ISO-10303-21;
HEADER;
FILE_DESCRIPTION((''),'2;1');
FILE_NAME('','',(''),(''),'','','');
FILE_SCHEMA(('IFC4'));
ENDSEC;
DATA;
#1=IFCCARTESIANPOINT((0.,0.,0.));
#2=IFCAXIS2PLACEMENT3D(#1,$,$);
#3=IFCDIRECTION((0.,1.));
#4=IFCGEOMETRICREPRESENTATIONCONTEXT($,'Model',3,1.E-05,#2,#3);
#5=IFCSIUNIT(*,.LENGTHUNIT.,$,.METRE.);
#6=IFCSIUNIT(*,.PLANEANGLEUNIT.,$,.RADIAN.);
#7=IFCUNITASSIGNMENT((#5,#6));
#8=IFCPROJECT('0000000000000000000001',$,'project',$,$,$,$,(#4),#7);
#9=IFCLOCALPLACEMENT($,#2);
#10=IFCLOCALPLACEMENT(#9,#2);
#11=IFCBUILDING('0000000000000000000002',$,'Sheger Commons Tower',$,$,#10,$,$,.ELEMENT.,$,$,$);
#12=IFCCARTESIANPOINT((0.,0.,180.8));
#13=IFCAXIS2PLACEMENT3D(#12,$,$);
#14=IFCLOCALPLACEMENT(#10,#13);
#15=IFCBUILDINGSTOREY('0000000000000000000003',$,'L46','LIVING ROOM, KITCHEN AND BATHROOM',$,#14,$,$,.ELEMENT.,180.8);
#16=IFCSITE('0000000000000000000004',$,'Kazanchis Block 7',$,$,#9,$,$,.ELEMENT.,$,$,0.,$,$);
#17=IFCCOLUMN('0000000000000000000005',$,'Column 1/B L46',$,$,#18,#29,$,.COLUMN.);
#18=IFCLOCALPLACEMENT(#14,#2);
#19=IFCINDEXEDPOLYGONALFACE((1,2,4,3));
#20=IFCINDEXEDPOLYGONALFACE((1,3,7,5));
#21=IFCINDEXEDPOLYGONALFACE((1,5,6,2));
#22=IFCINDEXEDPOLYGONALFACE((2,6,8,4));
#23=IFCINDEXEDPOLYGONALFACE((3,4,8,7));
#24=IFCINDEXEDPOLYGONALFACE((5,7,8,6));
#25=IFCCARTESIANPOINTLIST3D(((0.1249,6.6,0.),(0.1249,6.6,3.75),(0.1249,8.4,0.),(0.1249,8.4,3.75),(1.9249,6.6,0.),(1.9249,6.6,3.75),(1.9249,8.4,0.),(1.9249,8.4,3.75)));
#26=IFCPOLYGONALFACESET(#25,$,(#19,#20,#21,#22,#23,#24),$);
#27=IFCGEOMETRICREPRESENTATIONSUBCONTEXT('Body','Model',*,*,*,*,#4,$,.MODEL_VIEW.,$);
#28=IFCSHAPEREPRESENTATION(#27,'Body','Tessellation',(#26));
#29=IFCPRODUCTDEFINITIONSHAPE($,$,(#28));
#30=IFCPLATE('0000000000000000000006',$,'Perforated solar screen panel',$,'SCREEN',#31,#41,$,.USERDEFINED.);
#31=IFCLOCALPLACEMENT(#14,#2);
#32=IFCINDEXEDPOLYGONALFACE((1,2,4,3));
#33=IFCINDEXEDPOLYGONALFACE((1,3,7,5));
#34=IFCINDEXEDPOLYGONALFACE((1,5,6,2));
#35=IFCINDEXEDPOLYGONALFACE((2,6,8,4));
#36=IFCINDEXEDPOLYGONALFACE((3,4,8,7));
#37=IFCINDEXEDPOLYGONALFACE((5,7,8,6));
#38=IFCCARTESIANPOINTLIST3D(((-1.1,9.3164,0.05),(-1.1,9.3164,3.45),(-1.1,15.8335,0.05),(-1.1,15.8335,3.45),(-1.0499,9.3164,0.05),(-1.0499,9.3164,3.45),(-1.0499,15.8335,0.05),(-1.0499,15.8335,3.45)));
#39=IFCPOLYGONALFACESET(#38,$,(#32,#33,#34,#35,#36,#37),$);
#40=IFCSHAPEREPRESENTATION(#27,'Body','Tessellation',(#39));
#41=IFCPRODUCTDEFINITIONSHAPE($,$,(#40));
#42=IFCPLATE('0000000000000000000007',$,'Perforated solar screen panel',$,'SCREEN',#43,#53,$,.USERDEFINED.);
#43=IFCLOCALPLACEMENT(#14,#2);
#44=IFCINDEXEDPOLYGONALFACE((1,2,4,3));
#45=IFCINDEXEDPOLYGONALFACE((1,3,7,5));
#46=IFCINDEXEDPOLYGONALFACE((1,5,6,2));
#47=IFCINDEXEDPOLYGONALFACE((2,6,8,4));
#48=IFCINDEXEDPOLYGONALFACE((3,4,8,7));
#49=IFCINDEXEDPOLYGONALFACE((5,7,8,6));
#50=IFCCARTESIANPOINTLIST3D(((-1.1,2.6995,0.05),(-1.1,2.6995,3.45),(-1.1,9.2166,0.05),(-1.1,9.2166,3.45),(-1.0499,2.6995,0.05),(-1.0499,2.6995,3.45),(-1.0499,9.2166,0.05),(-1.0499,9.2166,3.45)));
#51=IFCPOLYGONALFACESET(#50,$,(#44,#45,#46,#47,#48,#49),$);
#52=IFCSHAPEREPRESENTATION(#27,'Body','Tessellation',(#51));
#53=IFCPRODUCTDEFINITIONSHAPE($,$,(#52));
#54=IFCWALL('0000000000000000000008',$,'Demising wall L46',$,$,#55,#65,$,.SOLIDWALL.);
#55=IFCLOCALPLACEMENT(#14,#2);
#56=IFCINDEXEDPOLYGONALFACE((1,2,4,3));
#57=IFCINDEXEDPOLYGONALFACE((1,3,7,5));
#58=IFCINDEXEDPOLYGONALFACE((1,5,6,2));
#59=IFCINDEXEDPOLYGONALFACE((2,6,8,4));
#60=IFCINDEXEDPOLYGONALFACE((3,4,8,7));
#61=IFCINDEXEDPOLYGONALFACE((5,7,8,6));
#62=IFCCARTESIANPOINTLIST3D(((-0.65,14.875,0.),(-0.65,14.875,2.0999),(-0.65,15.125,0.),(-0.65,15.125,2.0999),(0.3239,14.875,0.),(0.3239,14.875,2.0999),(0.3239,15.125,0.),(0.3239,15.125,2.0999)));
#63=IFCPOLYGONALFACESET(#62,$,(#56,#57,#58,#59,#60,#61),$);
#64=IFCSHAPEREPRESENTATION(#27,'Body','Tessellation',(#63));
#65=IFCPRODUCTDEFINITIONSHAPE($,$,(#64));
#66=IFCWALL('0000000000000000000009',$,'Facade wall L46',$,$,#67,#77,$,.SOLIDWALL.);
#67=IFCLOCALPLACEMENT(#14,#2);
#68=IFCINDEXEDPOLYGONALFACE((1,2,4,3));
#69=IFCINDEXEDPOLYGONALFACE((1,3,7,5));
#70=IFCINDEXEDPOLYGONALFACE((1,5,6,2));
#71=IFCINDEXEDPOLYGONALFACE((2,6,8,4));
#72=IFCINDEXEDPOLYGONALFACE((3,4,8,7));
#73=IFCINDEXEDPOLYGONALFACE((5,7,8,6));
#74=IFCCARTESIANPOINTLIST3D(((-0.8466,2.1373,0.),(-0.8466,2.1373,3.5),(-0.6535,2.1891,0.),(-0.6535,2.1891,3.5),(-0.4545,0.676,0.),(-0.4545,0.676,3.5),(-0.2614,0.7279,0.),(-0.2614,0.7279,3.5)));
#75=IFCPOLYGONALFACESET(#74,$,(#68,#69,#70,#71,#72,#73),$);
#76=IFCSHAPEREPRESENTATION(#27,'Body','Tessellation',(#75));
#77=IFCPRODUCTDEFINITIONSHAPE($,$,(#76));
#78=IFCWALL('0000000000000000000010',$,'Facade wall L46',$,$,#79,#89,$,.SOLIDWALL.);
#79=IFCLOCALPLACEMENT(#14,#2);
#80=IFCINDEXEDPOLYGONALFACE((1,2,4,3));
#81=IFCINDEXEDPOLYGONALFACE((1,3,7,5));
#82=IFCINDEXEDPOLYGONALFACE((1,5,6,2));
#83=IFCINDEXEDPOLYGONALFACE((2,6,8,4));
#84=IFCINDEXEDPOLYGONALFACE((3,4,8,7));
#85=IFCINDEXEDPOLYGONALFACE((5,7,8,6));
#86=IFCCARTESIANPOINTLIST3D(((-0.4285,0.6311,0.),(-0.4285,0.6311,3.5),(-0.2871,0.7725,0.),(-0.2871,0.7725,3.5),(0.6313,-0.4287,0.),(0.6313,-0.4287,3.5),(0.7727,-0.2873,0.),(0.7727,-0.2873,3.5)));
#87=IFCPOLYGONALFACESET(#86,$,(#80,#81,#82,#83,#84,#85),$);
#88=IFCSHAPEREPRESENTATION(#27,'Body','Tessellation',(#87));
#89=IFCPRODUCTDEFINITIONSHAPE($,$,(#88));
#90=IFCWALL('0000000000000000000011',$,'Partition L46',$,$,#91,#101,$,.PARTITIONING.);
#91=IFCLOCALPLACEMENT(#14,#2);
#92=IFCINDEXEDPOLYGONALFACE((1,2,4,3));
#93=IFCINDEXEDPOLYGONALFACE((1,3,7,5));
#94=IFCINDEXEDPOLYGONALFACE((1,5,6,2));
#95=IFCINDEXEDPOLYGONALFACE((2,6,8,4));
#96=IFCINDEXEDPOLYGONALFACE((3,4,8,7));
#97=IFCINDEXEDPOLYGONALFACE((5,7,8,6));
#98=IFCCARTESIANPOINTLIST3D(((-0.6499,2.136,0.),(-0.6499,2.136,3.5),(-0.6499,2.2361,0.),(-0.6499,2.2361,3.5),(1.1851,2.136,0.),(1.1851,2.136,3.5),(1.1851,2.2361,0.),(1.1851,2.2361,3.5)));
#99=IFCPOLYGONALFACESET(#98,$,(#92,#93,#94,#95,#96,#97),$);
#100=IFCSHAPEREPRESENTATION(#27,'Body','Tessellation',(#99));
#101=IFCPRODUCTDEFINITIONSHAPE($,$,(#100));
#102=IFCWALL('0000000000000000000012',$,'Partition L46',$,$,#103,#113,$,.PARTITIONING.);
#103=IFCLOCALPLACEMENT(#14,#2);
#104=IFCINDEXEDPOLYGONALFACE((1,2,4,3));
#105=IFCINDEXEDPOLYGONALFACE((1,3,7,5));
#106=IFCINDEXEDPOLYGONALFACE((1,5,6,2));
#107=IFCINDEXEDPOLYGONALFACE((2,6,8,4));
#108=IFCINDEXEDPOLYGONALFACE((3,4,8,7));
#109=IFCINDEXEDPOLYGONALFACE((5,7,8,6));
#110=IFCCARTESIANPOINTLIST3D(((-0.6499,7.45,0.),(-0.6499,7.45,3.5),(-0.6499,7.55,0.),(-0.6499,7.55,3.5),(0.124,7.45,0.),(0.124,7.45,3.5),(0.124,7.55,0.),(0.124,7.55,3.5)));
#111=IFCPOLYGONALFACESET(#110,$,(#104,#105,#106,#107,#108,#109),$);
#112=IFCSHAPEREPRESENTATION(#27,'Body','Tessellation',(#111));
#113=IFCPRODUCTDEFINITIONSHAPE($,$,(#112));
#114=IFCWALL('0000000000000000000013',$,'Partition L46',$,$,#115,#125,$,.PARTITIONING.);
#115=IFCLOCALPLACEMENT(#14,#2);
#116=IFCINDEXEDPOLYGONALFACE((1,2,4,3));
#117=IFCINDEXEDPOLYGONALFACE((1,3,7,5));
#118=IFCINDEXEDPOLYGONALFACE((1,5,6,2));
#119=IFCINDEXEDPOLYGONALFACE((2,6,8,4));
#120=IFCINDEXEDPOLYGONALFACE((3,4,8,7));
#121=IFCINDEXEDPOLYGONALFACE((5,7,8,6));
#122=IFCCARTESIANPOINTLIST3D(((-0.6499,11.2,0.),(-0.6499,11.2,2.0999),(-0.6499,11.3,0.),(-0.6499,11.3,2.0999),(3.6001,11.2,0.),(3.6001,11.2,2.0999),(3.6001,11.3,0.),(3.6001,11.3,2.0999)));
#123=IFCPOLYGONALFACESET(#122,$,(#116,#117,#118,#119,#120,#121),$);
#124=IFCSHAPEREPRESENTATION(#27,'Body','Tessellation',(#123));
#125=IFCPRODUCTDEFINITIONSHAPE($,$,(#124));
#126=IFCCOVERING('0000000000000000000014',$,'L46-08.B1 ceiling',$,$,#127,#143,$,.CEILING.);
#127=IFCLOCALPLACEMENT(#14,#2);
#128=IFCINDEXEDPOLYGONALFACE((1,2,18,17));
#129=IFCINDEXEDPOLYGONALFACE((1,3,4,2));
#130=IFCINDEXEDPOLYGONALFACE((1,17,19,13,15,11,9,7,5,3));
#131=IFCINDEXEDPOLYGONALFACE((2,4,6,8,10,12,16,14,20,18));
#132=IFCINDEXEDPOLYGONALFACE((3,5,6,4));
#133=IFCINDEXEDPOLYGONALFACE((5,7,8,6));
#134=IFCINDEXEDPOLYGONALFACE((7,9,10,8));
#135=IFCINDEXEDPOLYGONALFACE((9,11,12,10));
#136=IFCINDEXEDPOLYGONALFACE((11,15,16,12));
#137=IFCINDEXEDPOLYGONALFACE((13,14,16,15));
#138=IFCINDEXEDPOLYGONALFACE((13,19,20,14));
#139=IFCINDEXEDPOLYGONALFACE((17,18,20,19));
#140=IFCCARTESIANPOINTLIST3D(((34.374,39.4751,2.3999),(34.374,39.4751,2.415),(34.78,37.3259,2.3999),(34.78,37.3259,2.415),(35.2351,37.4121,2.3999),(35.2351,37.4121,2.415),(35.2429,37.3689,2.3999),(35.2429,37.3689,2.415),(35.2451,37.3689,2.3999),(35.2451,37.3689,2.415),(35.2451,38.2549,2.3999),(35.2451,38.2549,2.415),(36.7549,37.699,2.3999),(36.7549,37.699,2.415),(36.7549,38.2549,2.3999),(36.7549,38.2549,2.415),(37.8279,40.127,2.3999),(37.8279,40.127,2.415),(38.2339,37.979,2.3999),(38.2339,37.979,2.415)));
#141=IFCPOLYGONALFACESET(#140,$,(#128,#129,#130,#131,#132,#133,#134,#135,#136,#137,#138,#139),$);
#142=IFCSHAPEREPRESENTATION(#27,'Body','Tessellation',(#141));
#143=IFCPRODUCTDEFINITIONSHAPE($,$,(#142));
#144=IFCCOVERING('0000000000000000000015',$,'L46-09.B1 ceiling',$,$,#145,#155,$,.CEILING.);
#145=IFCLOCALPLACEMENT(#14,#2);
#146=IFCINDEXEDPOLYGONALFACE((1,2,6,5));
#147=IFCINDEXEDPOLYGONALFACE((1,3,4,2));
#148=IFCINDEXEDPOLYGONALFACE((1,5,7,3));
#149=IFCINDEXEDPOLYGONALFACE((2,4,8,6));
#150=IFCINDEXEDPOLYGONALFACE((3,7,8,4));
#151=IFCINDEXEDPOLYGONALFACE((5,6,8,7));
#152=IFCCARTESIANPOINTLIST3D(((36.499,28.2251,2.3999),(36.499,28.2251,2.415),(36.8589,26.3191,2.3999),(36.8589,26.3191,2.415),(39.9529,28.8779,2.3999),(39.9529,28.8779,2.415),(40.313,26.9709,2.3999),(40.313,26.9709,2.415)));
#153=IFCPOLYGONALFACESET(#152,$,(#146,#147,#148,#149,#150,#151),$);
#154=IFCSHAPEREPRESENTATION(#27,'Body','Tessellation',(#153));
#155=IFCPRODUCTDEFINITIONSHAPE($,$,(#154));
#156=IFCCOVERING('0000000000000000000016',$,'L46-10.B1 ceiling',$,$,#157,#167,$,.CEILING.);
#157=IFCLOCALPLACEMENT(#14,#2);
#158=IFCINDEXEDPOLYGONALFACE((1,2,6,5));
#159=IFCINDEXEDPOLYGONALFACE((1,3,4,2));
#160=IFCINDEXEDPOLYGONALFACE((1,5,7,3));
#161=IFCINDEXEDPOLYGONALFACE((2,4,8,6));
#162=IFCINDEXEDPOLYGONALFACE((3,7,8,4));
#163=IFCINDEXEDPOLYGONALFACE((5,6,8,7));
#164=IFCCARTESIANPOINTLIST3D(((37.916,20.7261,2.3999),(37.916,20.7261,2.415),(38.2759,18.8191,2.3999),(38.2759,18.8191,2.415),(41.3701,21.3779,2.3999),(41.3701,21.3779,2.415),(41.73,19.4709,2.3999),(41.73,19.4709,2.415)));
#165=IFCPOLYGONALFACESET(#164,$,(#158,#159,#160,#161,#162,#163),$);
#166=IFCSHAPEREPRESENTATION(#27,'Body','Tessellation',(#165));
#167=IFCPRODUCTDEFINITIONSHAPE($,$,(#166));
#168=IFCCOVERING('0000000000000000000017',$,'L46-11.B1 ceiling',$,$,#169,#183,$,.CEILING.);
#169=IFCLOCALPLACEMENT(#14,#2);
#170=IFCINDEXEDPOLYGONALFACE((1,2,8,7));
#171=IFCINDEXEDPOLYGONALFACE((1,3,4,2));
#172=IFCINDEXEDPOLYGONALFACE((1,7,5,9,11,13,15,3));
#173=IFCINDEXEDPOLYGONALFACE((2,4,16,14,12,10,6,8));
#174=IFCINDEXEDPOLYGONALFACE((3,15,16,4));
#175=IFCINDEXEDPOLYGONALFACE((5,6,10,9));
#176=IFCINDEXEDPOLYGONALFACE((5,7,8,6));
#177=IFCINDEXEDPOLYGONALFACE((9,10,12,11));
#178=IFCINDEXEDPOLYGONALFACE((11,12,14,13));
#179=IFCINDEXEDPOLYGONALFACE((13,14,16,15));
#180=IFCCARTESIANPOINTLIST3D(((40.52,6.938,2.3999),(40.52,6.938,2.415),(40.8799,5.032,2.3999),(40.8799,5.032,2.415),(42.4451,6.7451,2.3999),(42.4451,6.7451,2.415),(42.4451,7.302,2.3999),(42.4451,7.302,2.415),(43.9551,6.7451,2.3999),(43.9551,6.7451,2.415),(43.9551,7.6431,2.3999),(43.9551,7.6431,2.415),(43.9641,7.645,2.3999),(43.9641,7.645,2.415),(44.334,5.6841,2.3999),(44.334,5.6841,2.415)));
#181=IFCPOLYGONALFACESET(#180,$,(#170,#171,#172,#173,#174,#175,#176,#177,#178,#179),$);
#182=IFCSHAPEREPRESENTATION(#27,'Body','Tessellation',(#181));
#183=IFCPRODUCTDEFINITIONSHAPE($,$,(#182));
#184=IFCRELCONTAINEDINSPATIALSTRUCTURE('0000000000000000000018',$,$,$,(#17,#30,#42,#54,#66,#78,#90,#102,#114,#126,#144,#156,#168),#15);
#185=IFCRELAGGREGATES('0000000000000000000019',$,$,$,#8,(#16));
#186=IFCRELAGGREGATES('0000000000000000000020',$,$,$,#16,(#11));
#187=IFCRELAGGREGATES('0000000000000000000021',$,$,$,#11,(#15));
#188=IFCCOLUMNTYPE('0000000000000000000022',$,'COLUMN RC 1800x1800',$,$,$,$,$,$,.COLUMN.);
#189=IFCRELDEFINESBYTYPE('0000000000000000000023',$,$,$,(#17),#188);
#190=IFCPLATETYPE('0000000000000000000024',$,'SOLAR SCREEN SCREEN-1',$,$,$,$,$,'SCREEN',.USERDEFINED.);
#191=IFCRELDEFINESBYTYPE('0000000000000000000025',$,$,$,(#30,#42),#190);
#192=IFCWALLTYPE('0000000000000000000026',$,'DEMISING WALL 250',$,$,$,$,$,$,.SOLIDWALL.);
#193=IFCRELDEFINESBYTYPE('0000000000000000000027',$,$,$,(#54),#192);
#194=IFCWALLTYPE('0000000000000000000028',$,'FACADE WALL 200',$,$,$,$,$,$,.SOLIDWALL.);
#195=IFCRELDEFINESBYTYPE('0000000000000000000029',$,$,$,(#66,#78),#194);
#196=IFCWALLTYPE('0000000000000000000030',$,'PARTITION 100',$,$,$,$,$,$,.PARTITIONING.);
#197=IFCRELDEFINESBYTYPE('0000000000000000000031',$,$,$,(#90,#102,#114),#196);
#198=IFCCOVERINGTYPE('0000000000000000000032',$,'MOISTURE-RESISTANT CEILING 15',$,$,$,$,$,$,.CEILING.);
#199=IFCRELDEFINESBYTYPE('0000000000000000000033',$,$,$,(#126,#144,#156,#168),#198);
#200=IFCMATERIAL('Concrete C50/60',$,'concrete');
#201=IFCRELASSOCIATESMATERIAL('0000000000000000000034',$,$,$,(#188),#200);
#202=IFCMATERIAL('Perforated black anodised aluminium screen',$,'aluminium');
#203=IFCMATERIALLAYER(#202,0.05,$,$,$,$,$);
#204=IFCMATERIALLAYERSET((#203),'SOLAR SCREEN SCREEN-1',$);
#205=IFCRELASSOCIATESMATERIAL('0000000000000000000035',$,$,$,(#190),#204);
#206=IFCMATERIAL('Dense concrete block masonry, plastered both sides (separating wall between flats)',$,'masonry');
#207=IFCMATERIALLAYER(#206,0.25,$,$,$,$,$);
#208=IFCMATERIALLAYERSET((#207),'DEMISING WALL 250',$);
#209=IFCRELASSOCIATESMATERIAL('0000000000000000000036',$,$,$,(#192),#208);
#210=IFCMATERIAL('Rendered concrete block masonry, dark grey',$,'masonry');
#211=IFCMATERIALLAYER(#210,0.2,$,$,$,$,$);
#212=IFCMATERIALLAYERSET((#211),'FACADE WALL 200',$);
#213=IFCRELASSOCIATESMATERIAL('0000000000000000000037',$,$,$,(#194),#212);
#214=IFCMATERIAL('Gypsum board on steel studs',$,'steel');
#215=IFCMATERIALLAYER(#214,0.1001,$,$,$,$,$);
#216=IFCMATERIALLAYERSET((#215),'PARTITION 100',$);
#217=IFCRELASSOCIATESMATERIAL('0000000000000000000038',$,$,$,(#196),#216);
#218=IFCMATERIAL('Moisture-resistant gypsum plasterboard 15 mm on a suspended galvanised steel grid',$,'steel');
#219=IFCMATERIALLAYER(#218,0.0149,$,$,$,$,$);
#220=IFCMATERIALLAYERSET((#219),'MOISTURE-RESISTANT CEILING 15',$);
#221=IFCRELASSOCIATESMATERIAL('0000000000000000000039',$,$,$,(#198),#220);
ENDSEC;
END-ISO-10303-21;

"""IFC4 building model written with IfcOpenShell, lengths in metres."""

from ifc_helpers import new_model, si_unit, direction, frame, frame_2d, origin, origin_2d, place, context, subcontext, project, spatial, polyline, rectangle, outline, extrude, material, layer, layer_set, material_profile, profile_set, type_object, element, save


model = new_model("IFC4")

# Units and contexts
model_context = context("Model", 3, precision=1e-05, world=origin(), true_north=direction((0.0, 1.0)))
body_context = subcontext(model_context, "Body", "Model", "MODEL_VIEW")
ifc_project = project(units=[si_unit("LENGTHUNIT", "METRE"), si_unit("PLANEANGLEUNIT", "RADIAN")], contexts=[model_context])

# Site, building, storey
site_placement = place(None, origin())
site = spatial("IfcSite", under=ifc_project, at=site_placement, Name="Kazanchis Block 7", CompositionType="ELEMENT", RefElevation=0.0)
building_placement = place(site_placement, origin())
building = spatial("IfcBuilding", under=site, at=building_placement, Name="Sheger Commons Tower", CompositionType="ELEMENT")
storey_placement = place(building_placement, frame((0.0, 0.0, 180.8)))
storey = spatial("IfcBuildingStorey", under=building, at=storey_placement, Name="L46", Description="LIVING ROOM, KITCHEN AND BATHROOM", CompositionType="ELEMENT", Elevation=180.8)

# Column
ifc_material_1 = material(Name="Concrete C50/60", Category="concrete")
ifc_material_profile = material_profile(ifc_material_1, rectangle(XDim=1.8, YDim=1.8, at=origin_2d()), Name="RC 1800x1800")
ifc_profile_set = profile_set([ifc_material_profile], Name="Concrete C50/60")
column_type = type_object("IfcColumnType", Name="COLUMN RC 1800x1800", PredefinedType="COLUMN", material=ifc_profile_set)
column_placement = place(storey_placement, frame((1.0249, 7.5, 0.0), z_axis=(0.0, 0.0, 1.0), x_axis=(1.0, 0.0, 0.0)))
element("IfcColumn", 1, at=column_placement, inside=storey, type_object=column_type, Name="Column 1/B L46", PredefinedType="COLUMN", context=body_context, shape_type="SweptSolid", body=[
    extrude(rectangle(XDim=1.8, YDim=1.8, at=origin_2d()), origin(), (0.0, 0.0, 1.0), 3.75),
])

# Plates
ifc_material_2 = material(Name="Perforated black anodised aluminium screen", Category="aluminium")
ifc_layer_1 = layer(ifc_material_2, 0.05)
ifc_layer_set_1 = layer_set([ifc_layer_1], Name="SOLAR SCREEN SCREEN-1")
plate_type = type_object("IfcPlateType", Name="SOLAR SCREEN SCREEN-1", ElementType="SCREEN", PredefinedType="USERDEFINED", material=ifc_layer_set_1)
for number, where, z_axis, x_axis, name in (
    (2, (-1.075, 12.575, 0.05), (0.0, 0.0, 1.0), (0.0, -1.0, 0.0), "Perforated solar screen panel"),
    (3, (-1.075, 5.958, 0.05), (0.0, 0.0, 1.0), (0.0, -1.0, 0.0), "Perforated solar screen panel"),
):
    element("IfcPlate", number, at=place(storey_placement, frame(where, z_axis=z_axis, x_axis=x_axis)), inside=storey, type_object=plate_type, Name=name, ObjectType="SCREEN", PredefinedType="USERDEFINED", context=body_context, shape_type="SweptSolid", body=[
        extrude(rectangle(XDim=6.5171, YDim=0.05, at=origin_2d()), origin(), (0.0, 0.0, 1.0), 3.3999),
    ])

# Walls
ifc_material_3 = material(Name="Dense concrete block masonry, plastered both sides (separating wall between flats)", Category="masonry")
ifc_layer_2 = layer(ifc_material_3, 0.25)
ifc_layer_set_2 = layer_set([ifc_layer_2], Name="DEMISING WALL 250")
wall_type_1 = type_object("IfcWallType", Name="DEMISING WALL 250", PredefinedType="SOLIDWALL", material=ifc_layer_set_2)
wall_1_placement = place(storey_placement, frame((-0.6499, 15.0, 0.0), z_axis=(0.0, 0.0, 1.0), x_axis=(1.0, 0.0, 0.0)))
element("IfcWall", 4, at=wall_1_placement, inside=storey, type_object=wall_type_1, Name="Demising wall L46", PredefinedType="SOLIDWALL", context=body_context, shape_type="SweptSolid", body=[
    extrude(rectangle(XDim=0.9739, YDim=0.25, at=frame_2d((0.4868, 0.0))), origin(), (0.0, 0.0, 1.0), 2.0999),
])
ifc_material_4 = material(Name="Rendered concrete block masonry, dark grey", Category="masonry")
ifc_layer_3 = layer(ifc_material_4, 0.2)
ifc_layer_set_3 = layer_set([ifc_layer_3], Name="FACADE WALL 200")
wall_type_2 = type_object("IfcWallType", Name="FACADE WALL 200", PredefinedType="SOLIDWALL", material=ifc_layer_set_3)
wall_2_placement = place(storey_placement, frame((-0.75, 2.1631, 0.0), z_axis=(0.0, 0.0, 1.0), x_axis=(0.259169, -0.965832, 0.0)))
element("IfcWall", 5, at=wall_2_placement, inside=storey, type_object=wall_type_2, Name="Facade wall L46", PredefinedType="SOLIDWALL", context=body_context, shape_type="SweptSolid", body=[
    extrude(rectangle(XDim=1.5129, YDim=0.2, at=frame_2d((0.7563, 0.0))), origin(), (0.0, 0.0, 1.0), 3.5),
])
wall_3_placement = place(storey_placement, frame((-0.3579, 0.7019, 0.0), z_axis=(0.0, 0.0, 1.0), x_axis=(0.707107, -0.707107, 0.0)))
element("IfcWall", 6, at=wall_3_placement, inside=storey, type_object=wall_type_2, Name="Facade wall L46", PredefinedType="SOLIDWALL", context=body_context, shape_type="SweptSolid", body=[
    extrude(rectangle(XDim=1.4988, YDim=0.2, at=frame_2d((0.7495, 0.0))), origin(), (0.0, 0.0, 1.0), 3.5),
])
ifc_material_5 = material(Name="Gypsum board on steel studs", Category="steel")
ifc_layer_4 = layer(ifc_material_5, 0.1001)
ifc_layer_set_4 = layer_set([ifc_layer_4], Name="PARTITION 100")
wall_type_3 = type_object("IfcWallType", Name="PARTITION 100", PredefinedType="PARTITIONING", material=ifc_layer_set_4)
wall_4_placement = place(storey_placement, frame((-0.6499, 2.186, 0.0), z_axis=(0.0, 0.0, 1.0), x_axis=(1.0, 0.0, 0.0)))
element("IfcWall", 7, at=wall_4_placement, inside=storey, type_object=wall_type_3, Name="Partition L46", PredefinedType="PARTITIONING", context=body_context, shape_type="SweptSolid", body=[
    extrude(rectangle(XDim=1.835, YDim=0.1001, at=frame_2d((0.9175, 0.0))), origin(), (0.0, 0.0, 1.0), 3.5),
])
wall_5_placement = place(storey_placement, frame((-0.6499, 7.5, 0.0), z_axis=(0.0, 0.0, 1.0), x_axis=(1.0, 0.0, 0.0)))
element("IfcWall", 8, at=wall_5_placement, inside=storey, type_object=wall_type_3, Name="Partition L46", PredefinedType="PARTITIONING", context=body_context, shape_type="SweptSolid", body=[
    extrude(rectangle(XDim=0.7739, YDim=0.1001, at=frame_2d((0.387, 0.0))), origin(), (0.0, 0.0, 1.0), 3.5),
])
wall_6_placement = place(storey_placement, frame((-0.6499, 11.25, 0.0), z_axis=(0.0, 0.0, 1.0), x_axis=(1.0, 0.0, 0.0)))
element("IfcWall", 9, at=wall_6_placement, inside=storey, type_object=wall_type_3, Name="Partition L46", PredefinedType="PARTITIONING", context=body_context, shape_type="SweptSolid", body=[
    extrude(rectangle(XDim=4.25, YDim=0.1001, at=frame_2d((2.125, 0.0))), origin(), (0.0, 0.0, 1.0), 2.0999),
])

# Coverings
ifc_material_6 = material(Name="Moisture-resistant gypsum plasterboard 15 mm on a suspended galvanised steel grid", Category="steel")
ifc_layer_5 = layer(ifc_material_6, 0.0149)
ifc_layer_set_5 = layer_set([ifc_layer_5], Name="MOISTURE-RESISTANT CEILING 15")
covering_type_1 = type_object("IfcCoveringType", Name="MOISTURE-RESISTANT CEILING 15", PredefinedType="CEILING", material=ifc_layer_set_5)
covering_1_placement = place(storey_placement, frame((0.0, 0.0, 2.3999)))
element("IfcCovering", 10, at=covering_1_placement, inside=storey, type_object=covering_type_1, Name="L46-08.B1 ceiling", PredefinedType="CEILING", context=body_context, shape_type="SweptSolid", body=[
    extrude(outline(polyline([(34.78, 37.3259), (35.2351, 37.4121), (35.2429, 37.3689), (35.2451, 37.3689), (35.2451, 38.2549), (36.7549, 38.2549), (36.7549, 37.699), (38.2339, 37.979), (37.8279, 40.127), (34.374, 39.4751), (34.78, 37.3259)])), origin(), (0.0, 0.0, 1.0), 0.0151),
])
covering_2_placement = place(storey_placement, frame((0.0, 0.0, 2.3999)))
element("IfcCovering", 11, at=covering_2_placement, inside=storey, type_object=covering_type_1, Name="L46-09.B1 ceiling", PredefinedType="CEILING", context=body_context, shape_type="SweptSolid", body=[
    extrude(outline(polyline([(36.8589, 26.3191), (40.313, 26.9709), (39.9529, 28.8779), (36.499, 28.2251), (36.8589, 26.3191)])), origin(), (0.0, 0.0, 1.0), 0.0151),
])
covering_3_placement = place(storey_placement, frame((0.0, 0.0, 2.3999)))
element("IfcCovering", 12, at=covering_3_placement, inside=storey, type_object=covering_type_1, Name="L46-10.B1 ceiling", PredefinedType="CEILING", context=body_context, shape_type="SweptSolid", body=[
    extrude(outline(polyline([(38.2759, 18.8191), (41.73, 19.4709), (41.3701, 21.3779), (37.916, 20.7261), (38.2759, 18.8191)])), origin(), (0.0, 0.0, 1.0), 0.0151),
])
covering_4_placement = place(storey_placement, frame((0.0, 0.0, 2.3999)))
element("IfcCovering", 13, at=covering_4_placement, inside=storey, type_object=covering_type_1, Name="L46-11.B1 ceiling", PredefinedType="CEILING", context=body_context, shape_type="SweptSolid", body=[
    extrude(outline(polyline([(40.8799, 5.032), (44.334, 5.6841), (43.9641, 7.645), (43.9551, 7.6431), (43.9551, 6.7451), (42.4451, 6.7451), (42.4451, 7.302), (40.52, 6.938), (40.8799, 5.032)])), origin(), (0.0, 0.0, 1.0), 0.0151),
])

save(model, "model.ifc")
